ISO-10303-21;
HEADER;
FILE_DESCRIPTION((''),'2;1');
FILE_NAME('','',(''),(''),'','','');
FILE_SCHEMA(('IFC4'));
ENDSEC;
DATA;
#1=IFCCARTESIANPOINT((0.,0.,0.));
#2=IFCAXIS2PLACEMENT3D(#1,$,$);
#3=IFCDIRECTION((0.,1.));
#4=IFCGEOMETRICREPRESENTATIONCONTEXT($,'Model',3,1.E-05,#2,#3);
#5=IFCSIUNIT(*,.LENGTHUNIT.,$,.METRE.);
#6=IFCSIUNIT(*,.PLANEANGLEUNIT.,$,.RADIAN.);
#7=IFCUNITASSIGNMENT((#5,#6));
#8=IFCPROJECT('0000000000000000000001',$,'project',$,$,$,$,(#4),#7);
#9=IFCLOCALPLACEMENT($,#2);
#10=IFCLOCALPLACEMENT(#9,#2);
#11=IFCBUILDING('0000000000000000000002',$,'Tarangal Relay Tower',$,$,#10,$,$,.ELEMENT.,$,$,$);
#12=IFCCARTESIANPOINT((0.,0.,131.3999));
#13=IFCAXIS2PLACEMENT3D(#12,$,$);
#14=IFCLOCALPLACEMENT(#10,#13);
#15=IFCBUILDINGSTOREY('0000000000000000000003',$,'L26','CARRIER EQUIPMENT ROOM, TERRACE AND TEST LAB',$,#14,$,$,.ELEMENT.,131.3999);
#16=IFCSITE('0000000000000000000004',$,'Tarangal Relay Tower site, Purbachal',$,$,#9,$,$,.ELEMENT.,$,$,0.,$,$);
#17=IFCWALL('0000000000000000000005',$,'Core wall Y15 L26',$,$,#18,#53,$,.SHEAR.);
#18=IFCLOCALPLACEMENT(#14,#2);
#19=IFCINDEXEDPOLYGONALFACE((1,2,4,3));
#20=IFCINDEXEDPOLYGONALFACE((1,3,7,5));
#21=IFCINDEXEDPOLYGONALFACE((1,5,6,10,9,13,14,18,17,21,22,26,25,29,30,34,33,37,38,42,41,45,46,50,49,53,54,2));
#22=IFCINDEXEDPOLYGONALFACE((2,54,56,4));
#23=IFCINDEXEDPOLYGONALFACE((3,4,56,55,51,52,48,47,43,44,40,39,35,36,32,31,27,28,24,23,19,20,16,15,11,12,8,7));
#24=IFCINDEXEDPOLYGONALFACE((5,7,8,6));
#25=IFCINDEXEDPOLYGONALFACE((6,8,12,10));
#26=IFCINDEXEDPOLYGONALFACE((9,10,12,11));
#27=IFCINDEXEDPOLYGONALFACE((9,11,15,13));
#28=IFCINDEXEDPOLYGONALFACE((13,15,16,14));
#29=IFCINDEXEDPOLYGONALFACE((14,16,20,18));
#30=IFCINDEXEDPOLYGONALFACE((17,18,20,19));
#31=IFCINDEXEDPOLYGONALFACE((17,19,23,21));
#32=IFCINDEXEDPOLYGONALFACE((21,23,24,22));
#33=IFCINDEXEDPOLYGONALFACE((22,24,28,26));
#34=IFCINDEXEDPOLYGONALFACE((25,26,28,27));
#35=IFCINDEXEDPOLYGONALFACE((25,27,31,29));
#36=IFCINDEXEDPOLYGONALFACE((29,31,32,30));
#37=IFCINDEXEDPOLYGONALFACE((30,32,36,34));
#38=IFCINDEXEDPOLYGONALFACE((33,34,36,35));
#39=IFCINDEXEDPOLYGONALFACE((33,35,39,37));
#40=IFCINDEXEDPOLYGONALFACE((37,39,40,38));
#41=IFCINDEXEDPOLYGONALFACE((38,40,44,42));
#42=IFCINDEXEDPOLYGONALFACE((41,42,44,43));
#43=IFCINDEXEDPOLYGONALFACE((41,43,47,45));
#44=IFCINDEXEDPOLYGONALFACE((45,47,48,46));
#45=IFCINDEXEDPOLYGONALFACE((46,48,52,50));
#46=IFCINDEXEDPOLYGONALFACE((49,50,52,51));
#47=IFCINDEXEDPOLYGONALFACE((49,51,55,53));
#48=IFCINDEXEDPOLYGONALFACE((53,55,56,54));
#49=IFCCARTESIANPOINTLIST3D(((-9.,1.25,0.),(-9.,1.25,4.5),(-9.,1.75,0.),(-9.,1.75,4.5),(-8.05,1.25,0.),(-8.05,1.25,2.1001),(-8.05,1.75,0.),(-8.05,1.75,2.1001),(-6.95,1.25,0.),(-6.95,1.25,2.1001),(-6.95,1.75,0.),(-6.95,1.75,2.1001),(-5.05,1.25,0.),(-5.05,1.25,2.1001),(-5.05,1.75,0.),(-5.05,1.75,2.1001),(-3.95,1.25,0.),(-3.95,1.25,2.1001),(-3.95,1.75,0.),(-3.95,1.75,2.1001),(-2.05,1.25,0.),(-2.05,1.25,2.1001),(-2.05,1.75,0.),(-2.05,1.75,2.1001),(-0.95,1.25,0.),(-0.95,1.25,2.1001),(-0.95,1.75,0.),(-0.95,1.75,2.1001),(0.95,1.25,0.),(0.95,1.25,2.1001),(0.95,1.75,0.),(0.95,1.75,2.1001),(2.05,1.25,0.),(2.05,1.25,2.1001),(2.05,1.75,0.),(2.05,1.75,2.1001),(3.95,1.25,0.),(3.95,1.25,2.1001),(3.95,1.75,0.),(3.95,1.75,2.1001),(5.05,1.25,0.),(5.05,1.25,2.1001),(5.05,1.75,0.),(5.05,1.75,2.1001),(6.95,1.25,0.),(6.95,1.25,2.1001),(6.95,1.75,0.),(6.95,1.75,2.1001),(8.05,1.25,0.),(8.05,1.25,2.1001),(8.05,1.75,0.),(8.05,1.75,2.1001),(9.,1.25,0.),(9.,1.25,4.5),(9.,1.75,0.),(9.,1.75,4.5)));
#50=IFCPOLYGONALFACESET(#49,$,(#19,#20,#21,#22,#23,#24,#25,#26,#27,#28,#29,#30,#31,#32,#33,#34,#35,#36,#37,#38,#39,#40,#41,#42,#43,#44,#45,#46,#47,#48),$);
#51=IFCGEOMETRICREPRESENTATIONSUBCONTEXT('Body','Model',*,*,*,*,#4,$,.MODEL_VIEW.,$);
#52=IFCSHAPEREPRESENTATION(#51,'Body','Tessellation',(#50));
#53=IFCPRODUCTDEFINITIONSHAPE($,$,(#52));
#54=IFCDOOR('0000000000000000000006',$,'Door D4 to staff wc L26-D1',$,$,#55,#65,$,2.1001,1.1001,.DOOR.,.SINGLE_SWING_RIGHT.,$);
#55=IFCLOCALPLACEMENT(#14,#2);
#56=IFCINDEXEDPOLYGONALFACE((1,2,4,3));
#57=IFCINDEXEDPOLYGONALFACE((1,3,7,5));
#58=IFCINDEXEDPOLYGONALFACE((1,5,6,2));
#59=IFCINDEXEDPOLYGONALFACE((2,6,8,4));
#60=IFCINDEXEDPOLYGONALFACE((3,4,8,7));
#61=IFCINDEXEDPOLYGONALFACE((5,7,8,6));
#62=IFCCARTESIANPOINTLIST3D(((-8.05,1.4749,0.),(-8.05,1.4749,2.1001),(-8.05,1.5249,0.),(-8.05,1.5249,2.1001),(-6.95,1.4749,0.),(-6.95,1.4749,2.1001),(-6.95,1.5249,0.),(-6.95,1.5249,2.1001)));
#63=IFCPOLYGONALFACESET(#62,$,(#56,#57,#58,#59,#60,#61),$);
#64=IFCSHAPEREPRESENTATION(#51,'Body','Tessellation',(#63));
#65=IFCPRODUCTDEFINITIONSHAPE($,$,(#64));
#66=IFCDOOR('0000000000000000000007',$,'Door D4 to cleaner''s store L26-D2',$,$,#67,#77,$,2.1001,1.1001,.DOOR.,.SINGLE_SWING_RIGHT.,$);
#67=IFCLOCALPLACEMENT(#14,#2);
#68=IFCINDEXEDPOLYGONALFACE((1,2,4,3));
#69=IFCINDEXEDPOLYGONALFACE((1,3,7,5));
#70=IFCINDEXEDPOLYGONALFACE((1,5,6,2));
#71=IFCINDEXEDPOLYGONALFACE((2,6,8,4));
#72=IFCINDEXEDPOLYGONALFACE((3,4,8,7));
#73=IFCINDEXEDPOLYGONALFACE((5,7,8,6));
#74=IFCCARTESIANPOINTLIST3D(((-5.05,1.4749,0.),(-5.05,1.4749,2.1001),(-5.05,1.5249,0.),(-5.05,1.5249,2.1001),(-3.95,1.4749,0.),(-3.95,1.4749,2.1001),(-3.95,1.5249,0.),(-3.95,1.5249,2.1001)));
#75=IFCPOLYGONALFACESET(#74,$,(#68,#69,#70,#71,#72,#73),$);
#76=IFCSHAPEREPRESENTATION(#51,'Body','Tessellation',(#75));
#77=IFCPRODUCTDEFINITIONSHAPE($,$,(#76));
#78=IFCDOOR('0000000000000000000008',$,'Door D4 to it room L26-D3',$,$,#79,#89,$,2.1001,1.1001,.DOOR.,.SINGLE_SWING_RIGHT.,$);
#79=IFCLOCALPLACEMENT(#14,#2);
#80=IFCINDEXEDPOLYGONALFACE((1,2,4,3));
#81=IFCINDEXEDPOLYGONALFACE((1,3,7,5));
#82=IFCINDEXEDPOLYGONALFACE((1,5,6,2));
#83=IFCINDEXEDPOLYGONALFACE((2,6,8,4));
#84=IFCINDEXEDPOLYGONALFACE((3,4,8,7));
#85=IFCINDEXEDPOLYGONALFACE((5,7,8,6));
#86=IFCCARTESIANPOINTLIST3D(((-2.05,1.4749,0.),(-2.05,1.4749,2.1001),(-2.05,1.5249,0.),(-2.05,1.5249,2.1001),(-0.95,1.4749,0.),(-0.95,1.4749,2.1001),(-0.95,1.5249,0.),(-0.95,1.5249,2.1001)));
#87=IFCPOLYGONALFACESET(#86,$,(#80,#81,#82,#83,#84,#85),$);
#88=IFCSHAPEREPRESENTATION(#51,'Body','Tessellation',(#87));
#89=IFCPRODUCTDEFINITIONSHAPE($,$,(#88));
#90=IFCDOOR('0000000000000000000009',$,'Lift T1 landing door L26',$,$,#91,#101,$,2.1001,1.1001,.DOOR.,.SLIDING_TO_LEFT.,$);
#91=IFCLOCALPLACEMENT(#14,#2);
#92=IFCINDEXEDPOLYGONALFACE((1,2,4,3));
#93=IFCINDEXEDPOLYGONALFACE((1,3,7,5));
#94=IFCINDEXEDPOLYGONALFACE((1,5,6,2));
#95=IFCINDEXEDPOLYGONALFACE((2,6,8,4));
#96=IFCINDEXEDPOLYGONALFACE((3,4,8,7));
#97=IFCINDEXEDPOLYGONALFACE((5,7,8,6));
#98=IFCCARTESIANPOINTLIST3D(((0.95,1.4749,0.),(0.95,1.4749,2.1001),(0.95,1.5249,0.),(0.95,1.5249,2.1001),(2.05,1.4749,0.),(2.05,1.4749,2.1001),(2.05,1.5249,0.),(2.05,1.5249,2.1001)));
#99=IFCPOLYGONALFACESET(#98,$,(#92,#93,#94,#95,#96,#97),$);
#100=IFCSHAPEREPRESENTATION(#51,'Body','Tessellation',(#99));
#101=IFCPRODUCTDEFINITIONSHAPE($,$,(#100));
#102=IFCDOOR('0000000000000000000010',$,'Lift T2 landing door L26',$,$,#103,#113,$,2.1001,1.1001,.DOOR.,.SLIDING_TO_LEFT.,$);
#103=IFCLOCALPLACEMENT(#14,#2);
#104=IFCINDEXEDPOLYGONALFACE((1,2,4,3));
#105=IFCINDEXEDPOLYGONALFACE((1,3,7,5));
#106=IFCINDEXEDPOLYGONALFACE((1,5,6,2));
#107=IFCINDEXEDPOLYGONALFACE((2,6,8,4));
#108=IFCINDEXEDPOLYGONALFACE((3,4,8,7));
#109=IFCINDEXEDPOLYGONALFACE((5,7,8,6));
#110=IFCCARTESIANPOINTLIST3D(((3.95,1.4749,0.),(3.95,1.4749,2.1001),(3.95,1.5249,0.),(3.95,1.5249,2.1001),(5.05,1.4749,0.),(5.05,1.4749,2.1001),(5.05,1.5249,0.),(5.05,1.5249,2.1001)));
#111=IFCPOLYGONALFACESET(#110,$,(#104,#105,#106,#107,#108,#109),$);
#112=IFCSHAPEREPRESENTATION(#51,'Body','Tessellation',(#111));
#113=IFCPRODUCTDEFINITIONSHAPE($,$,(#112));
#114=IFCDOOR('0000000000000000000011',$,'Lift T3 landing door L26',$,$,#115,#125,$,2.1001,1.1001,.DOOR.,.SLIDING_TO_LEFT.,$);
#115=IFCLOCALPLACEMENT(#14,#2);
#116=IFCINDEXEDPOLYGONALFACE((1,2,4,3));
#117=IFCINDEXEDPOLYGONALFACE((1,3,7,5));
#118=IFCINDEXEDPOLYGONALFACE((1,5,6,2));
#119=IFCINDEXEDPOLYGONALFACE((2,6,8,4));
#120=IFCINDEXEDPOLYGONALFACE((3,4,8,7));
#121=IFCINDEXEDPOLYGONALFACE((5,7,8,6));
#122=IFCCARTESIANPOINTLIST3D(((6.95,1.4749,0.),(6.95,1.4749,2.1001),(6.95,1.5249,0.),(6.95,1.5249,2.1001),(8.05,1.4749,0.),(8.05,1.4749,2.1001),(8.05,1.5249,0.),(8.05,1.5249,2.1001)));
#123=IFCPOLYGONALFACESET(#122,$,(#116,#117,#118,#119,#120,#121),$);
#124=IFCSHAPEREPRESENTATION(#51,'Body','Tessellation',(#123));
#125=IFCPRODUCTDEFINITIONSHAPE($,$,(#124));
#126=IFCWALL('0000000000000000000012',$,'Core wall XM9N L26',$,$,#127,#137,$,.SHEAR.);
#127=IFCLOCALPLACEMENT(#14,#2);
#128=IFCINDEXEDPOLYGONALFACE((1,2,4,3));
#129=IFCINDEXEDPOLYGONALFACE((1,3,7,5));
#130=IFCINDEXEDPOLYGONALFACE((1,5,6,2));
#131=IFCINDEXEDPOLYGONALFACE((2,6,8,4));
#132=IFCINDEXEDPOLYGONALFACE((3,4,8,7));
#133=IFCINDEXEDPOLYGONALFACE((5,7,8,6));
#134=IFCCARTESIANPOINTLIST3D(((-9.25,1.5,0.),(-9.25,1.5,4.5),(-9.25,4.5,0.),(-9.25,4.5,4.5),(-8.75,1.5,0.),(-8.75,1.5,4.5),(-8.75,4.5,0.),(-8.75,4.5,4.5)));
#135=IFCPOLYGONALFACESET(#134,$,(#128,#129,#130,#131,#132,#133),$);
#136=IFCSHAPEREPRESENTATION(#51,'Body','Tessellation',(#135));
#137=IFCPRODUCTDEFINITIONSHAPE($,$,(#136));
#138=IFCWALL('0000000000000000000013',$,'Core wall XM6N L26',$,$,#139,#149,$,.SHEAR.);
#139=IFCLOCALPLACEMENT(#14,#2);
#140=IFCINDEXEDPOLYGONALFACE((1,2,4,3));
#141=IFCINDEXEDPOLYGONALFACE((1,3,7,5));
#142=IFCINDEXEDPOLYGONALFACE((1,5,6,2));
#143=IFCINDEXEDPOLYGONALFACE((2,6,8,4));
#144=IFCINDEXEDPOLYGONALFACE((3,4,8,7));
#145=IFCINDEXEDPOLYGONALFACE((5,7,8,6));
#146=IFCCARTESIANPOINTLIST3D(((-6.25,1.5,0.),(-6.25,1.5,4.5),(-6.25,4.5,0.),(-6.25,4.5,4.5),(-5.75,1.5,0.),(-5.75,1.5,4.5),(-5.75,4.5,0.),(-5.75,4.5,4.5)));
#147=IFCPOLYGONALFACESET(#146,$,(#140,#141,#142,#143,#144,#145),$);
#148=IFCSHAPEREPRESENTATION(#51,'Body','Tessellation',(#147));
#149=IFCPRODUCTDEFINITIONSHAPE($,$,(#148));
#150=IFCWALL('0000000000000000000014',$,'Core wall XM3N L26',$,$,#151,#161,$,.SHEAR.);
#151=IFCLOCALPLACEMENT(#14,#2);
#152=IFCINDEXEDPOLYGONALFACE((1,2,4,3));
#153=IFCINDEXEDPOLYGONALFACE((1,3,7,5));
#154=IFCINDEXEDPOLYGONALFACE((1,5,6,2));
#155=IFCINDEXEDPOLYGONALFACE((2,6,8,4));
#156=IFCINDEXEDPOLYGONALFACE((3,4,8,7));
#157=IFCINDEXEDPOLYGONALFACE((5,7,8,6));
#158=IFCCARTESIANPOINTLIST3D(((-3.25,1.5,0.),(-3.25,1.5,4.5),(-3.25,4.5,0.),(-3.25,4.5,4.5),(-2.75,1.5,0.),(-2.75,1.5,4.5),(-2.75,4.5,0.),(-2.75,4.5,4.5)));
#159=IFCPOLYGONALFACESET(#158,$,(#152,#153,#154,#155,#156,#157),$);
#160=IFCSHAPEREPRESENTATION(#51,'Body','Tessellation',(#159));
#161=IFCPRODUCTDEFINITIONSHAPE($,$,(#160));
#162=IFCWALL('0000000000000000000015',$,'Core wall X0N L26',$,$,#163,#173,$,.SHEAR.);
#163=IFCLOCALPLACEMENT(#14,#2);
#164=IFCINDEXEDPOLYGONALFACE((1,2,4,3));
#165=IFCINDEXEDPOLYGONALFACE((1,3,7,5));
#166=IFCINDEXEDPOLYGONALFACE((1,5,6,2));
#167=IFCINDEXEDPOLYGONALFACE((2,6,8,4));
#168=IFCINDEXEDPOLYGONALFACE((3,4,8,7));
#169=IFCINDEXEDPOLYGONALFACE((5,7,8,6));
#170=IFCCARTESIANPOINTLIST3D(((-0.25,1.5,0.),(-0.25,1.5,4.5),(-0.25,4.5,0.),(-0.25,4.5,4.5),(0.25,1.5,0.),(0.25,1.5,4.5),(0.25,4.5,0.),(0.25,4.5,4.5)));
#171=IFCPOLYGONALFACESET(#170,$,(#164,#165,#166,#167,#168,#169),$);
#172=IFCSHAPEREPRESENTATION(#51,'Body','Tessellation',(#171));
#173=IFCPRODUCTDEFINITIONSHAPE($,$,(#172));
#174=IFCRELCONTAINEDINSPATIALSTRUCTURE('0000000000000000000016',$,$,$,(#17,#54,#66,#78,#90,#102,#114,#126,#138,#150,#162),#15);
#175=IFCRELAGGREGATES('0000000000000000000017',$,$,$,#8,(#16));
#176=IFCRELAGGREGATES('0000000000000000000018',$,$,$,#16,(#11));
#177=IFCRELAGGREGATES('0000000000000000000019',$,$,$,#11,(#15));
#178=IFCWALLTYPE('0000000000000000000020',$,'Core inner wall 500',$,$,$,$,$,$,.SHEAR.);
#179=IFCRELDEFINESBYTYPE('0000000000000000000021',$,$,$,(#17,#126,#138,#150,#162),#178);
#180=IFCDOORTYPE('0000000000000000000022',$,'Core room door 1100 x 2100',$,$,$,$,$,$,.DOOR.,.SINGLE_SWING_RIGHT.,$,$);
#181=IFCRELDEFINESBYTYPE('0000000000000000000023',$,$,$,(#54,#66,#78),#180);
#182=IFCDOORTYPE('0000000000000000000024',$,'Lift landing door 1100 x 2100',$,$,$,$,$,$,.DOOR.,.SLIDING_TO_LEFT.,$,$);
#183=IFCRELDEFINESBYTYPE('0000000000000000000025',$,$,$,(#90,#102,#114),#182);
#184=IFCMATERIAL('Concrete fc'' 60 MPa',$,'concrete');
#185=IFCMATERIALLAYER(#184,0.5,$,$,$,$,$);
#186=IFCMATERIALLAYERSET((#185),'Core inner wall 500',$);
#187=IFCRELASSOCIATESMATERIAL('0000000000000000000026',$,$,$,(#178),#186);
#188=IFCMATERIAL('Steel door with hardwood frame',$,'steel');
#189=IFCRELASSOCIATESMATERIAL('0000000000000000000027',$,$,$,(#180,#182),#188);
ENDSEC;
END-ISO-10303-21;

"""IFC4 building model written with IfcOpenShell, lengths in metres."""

from ifc_helpers import new_model, si_unit, direction, frame, frame_2d, origin, place, context, subcontext, project, spatial, rectangle, extrude, material, layer, layer_set, type_object, element, fill, save


model = new_model("IFC4")

# Units and contexts
model_context = context("Model", 3, precision=1e-05, world=origin(), true_north=direction((0.0, 1.0)))
body_context = subcontext(model_context, "Body", "Model", "MODEL_VIEW")
ifc_project = project(units=[si_unit("LENGTHUNIT", "METRE"), si_unit("PLANEANGLEUNIT", "RADIAN")], contexts=[model_context])

# Site, building, storey
site_placement = place(None, origin())
site = spatial("IfcSite", under=ifc_project, at=site_placement, Name="Tarangal Relay Tower site, Purbachal", CompositionType="ELEMENT", RefElevation=0.0)
building_placement = place(site_placement, origin())
building = spatial("IfcBuilding", under=site, at=building_placement, Name="Tarangal Relay Tower", CompositionType="ELEMENT")
storey_placement = place(building_placement, frame((0.0, 0.0, 131.3999)))
storey = spatial("IfcBuildingStorey", under=building, at=storey_placement, Name="L26", Description="CARRIER EQUIPMENT ROOM, TERRACE AND TEST LAB", CompositionType="ELEMENT", Elevation=131.3999)

# Wall, openings, doors
ifc_material_1 = material(Name="Concrete fc' 60 MPa", Category="concrete")
ifc_layer_1 = layer(ifc_material_1, 0.5)
ifc_layer_set_1 = layer_set([ifc_layer_1], Name="Core inner wall 500")
wall_type = type_object("IfcWallType", Name="Core inner wall 500", PredefinedType="SHEAR", material=ifc_layer_set_1)
wall_1_placement = place(storey_placement, frame((-9.0, 1.5, 0.0), z_axis=(0.0, 0.0, 1.0), x_axis=(1.0, 0.0, 0.0)))
wall_1 = element("IfcWall", 1, at=wall_1_placement, inside=storey, type_object=wall_type, Name="Core wall Y15 L26", PredefinedType="SHEAR", context=body_context, shape_type="SweptSolid", body=[
    extrude(rectangle(XDim=18.0, YDim=0.5, at=frame_2d((9.0, 0.0))), origin(), (0.0, 0.0, 1.0), 4.5),
])
opening_1_placement = place(wall_1_placement, frame((9.95, 0.0, 0.0)))
opening_1 = element("IfcOpeningElement", 2, at=opening_1_placement, cuts=wall_1, PredefinedType="OPENING", context=body_context, shape_type="SweptSolid", body=[
    extrude(rectangle(XDim=1.1001, YDim=2.1001, at=frame_2d((0.55, 1.05))), frame((0.0, 0.26, 0.0), z_axis=(0.0, -1.0, 0.0), x_axis=(1.0, 0.0, 0.0)), (0.0, 0.0, 1.0), 0.52),
])
opening_2_placement = place(wall_1_placement, frame((12.95, 0.0, 0.0)))
opening_2 = element("IfcOpeningElement", 3, at=opening_2_placement, cuts=wall_1, PredefinedType="OPENING", context=body_context, shape_type="SweptSolid", body=[
    extrude(rectangle(XDim=1.1001, YDim=2.1001, at=frame_2d((0.55, 1.05))), frame((0.0, 0.26, 0.0), z_axis=(0.0, -1.0, 0.0), x_axis=(1.0, 0.0, 0.0)), (0.0, 0.0, 1.0), 0.52),
])
opening_3_placement = place(wall_1_placement, frame((15.95, 0.0, 0.0)))
opening_3 = element("IfcOpeningElement", 4, at=opening_3_placement, cuts=wall_1, PredefinedType="OPENING", context=body_context, shape_type="SweptSolid", body=[
    extrude(rectangle(XDim=1.1001, YDim=2.1001, at=frame_2d((0.55, 1.05))), frame((0.0, 0.26, 0.0), z_axis=(0.0, -1.0, 0.0), x_axis=(1.0, 0.0, 0.0)), (0.0, 0.0, 1.0), 0.52),
])
opening_4_placement = place(wall_1_placement, frame((0.95, 0.0, 0.0)))
opening_4 = element("IfcOpeningElement", 5, at=opening_4_placement, cuts=wall_1, PredefinedType="OPENING", context=body_context, shape_type="SweptSolid", body=[
    extrude(rectangle(XDim=1.1001, YDim=2.1001, at=frame_2d((0.55, 1.05))), frame((0.0, 0.26, 0.0), z_axis=(0.0, -1.0, 0.0), x_axis=(1.0, 0.0, 0.0)), (0.0, 0.0, 1.0), 0.52),
])
opening_5_placement = place(wall_1_placement, frame((3.95, 0.0, 0.0)))
opening_5 = element("IfcOpeningElement", 6, at=opening_5_placement, cuts=wall_1, PredefinedType="OPENING", context=body_context, shape_type="SweptSolid", body=[
    extrude(rectangle(XDim=1.1001, YDim=2.1001, at=frame_2d((0.55, 1.05))), frame((0.0, 0.26, 0.0), z_axis=(0.0, -1.0, 0.0), x_axis=(1.0, 0.0, 0.0)), (0.0, 0.0, 1.0), 0.52),
])
opening_6_placement = place(wall_1_placement, frame((6.95, 0.0, 0.0)))
opening_6 = element("IfcOpeningElement", 7, at=opening_6_placement, cuts=wall_1, PredefinedType="OPENING", context=body_context, shape_type="SweptSolid", body=[
    extrude(rectangle(XDim=1.1001, YDim=2.1001, at=frame_2d((0.55, 1.05))), frame((0.0, 0.26, 0.0), z_axis=(0.0, -1.0, 0.0), x_axis=(1.0, 0.0, 0.0)), (0.0, 0.0, 1.0), 0.52),
])
ifc_material_2 = material(Name="Steel door with hardwood frame", Category="steel")
door_type_1 = type_object("IfcDoorType", Name="Core room door 1100 x 2100", OperationType="SINGLE_SWING_RIGHT", PredefinedType="DOOR", material=ifc_material_2)
door_1_placement = place(opening_4_placement, origin())
door_1 = element("IfcDoor", 8, at=door_1_placement, inside=storey, type_object=door_type_1, Name="Door D4 to staff wc L26-D1", OperationType="SINGLE_SWING_RIGHT", OverallHeight=2.1001, OverallWidth=1.1001, PredefinedType="DOOR", context=body_context, shape_type="SweptSolid", body=[
    extrude(rectangle(XDim=1.1001, YDim=2.1001, at=frame_2d((0.55, 1.05))), frame((0.0, 0.0249, 0.0), z_axis=(0.0, -1.0, 0.0), x_axis=(1.0, 0.0, 0.0)), (0.0, 0.0, 1.0), 0.05),
])
fill(opening_4, door_1)
door_2_placement = place(opening_5_placement, origin())
door_2 = element("IfcDoor", 9, at=door_2_placement, inside=storey, type_object=door_type_1, Name="Door D4 to cleaner's store L26-D2", OperationType="SINGLE_SWING_RIGHT", OverallHeight=2.1001, OverallWidth=1.1001, PredefinedType="DOOR", context=body_context, shape_type="SweptSolid", body=[
    extrude(rectangle(XDim=1.1001, YDim=2.1001, at=frame_2d((0.55, 1.05))), frame((0.0, 0.0249, 0.0), z_axis=(0.0, -1.0, 0.0), x_axis=(1.0, 0.0, 0.0)), (0.0, 0.0, 1.0), 0.05),
])
fill(opening_5, door_2)
door_3_placement = place(opening_6_placement, origin())
door_3 = element("IfcDoor", 10, at=door_3_placement, inside=storey, type_object=door_type_1, Name="Door D4 to it room L26-D3", OperationType="SINGLE_SWING_RIGHT", OverallHeight=2.1001, OverallWidth=1.1001, PredefinedType="DOOR", context=body_context, shape_type="SweptSolid", body=[
    extrude(rectangle(XDim=1.1001, YDim=2.1001, at=frame_2d((0.55, 1.05))), frame((0.0, 0.0249, 0.0), z_axis=(0.0, -1.0, 0.0), x_axis=(1.0, 0.0, 0.0)), (0.0, 0.0, 1.0), 0.05),
])
fill(opening_6, door_3)
door_type_2 = type_object("IfcDoorType", Name="Lift landing door 1100 x 2100", OperationType="SLIDING_TO_LEFT", PredefinedType="DOOR", material=ifc_material_2)
door_4_placement = place(opening_1_placement, origin())
door_4 = element("IfcDoor", 11, at=door_4_placement, inside=storey, type_object=door_type_2, Name="Lift T1 landing door L26", OperationType="SLIDING_TO_LEFT", OverallHeight=2.1001, OverallWidth=1.1001, PredefinedType="DOOR", context=body_context, shape_type="SweptSolid", body=[
    extrude(rectangle(XDim=1.1001, YDim=2.1001, at=frame_2d((0.55, 1.05))), frame((0.0, 0.0249, 0.0), z_axis=(0.0, -1.0, 0.0), x_axis=(1.0, 0.0, 0.0)), (0.0, 0.0, 1.0), 0.05),
])
fill(opening_1, door_4)
door_5_placement = place(opening_2_placement, origin())
door_5 = element("IfcDoor", 12, at=door_5_placement, inside=storey, type_object=door_type_2, Name="Lift T2 landing door L26", OperationType="SLIDING_TO_LEFT", OverallHeight=2.1001, OverallWidth=1.1001, PredefinedType="DOOR", context=body_context, shape_type="SweptSolid", body=[
    extrude(rectangle(XDim=1.1001, YDim=2.1001, at=frame_2d((0.55, 1.05))), frame((0.0, 0.0249, 0.0), z_axis=(0.0, -1.0, 0.0), x_axis=(1.0, 0.0, 0.0)), (0.0, 0.0, 1.0), 0.05),
])
fill(opening_2, door_5)
door_6_placement = place(opening_3_placement, origin())
door_6 = element("IfcDoor", 13, at=door_6_placement, inside=storey, type_object=door_type_2, Name="Lift T3 landing door L26", OperationType="SLIDING_TO_LEFT", OverallHeight=2.1001, OverallWidth=1.1001, PredefinedType="DOOR", context=body_context, shape_type="SweptSolid", body=[
    extrude(rectangle(XDim=1.1001, YDim=2.1001, at=frame_2d((0.55, 1.05))), frame((0.0, 0.0249, 0.0), z_axis=(0.0, -1.0, 0.0), x_axis=(1.0, 0.0, 0.0)), (0.0, 0.0, 1.0), 0.05),
])
fill(opening_3, door_6)

# Walls
for number, where, z_axis, x_axis, name in (
    (14, (-9.0, 1.5, 0.0), (0.0, 0.0, 1.0), (0.0, 1.0, 0.0), "Core wall XM9N L26"),
    (15, (-6.0, 1.5, 0.0), (0.0, 0.0, 1.0), (0.0, 1.0, 0.0), "Core wall XM6N L26"),
    (16, (-3.0, 1.5, 0.0), (0.0, 0.0, 1.0), (0.0, 1.0, 0.0), "Core wall XM3N L26"),
    (17, (0.0, 1.5, 0.0), (0.0, 0.0, 1.0), (0.0, 1.0, 0.0), "Core wall X0N L26"),
):
    element("IfcWall", number, at=place(storey_placement, frame(where, z_axis=z_axis, x_axis=x_axis)), inside=storey, type_object=wall_type, Name=name, PredefinedType="SHEAR", context=body_context, shape_type="SweptSolid", body=[
        extrude(rectangle(XDim=3.0, YDim=0.5, at=frame_2d((1.5, 0.0))), origin(), (0.0, 0.0, 1.0), 4.5),
    ])

save(model, "model.ifc")
